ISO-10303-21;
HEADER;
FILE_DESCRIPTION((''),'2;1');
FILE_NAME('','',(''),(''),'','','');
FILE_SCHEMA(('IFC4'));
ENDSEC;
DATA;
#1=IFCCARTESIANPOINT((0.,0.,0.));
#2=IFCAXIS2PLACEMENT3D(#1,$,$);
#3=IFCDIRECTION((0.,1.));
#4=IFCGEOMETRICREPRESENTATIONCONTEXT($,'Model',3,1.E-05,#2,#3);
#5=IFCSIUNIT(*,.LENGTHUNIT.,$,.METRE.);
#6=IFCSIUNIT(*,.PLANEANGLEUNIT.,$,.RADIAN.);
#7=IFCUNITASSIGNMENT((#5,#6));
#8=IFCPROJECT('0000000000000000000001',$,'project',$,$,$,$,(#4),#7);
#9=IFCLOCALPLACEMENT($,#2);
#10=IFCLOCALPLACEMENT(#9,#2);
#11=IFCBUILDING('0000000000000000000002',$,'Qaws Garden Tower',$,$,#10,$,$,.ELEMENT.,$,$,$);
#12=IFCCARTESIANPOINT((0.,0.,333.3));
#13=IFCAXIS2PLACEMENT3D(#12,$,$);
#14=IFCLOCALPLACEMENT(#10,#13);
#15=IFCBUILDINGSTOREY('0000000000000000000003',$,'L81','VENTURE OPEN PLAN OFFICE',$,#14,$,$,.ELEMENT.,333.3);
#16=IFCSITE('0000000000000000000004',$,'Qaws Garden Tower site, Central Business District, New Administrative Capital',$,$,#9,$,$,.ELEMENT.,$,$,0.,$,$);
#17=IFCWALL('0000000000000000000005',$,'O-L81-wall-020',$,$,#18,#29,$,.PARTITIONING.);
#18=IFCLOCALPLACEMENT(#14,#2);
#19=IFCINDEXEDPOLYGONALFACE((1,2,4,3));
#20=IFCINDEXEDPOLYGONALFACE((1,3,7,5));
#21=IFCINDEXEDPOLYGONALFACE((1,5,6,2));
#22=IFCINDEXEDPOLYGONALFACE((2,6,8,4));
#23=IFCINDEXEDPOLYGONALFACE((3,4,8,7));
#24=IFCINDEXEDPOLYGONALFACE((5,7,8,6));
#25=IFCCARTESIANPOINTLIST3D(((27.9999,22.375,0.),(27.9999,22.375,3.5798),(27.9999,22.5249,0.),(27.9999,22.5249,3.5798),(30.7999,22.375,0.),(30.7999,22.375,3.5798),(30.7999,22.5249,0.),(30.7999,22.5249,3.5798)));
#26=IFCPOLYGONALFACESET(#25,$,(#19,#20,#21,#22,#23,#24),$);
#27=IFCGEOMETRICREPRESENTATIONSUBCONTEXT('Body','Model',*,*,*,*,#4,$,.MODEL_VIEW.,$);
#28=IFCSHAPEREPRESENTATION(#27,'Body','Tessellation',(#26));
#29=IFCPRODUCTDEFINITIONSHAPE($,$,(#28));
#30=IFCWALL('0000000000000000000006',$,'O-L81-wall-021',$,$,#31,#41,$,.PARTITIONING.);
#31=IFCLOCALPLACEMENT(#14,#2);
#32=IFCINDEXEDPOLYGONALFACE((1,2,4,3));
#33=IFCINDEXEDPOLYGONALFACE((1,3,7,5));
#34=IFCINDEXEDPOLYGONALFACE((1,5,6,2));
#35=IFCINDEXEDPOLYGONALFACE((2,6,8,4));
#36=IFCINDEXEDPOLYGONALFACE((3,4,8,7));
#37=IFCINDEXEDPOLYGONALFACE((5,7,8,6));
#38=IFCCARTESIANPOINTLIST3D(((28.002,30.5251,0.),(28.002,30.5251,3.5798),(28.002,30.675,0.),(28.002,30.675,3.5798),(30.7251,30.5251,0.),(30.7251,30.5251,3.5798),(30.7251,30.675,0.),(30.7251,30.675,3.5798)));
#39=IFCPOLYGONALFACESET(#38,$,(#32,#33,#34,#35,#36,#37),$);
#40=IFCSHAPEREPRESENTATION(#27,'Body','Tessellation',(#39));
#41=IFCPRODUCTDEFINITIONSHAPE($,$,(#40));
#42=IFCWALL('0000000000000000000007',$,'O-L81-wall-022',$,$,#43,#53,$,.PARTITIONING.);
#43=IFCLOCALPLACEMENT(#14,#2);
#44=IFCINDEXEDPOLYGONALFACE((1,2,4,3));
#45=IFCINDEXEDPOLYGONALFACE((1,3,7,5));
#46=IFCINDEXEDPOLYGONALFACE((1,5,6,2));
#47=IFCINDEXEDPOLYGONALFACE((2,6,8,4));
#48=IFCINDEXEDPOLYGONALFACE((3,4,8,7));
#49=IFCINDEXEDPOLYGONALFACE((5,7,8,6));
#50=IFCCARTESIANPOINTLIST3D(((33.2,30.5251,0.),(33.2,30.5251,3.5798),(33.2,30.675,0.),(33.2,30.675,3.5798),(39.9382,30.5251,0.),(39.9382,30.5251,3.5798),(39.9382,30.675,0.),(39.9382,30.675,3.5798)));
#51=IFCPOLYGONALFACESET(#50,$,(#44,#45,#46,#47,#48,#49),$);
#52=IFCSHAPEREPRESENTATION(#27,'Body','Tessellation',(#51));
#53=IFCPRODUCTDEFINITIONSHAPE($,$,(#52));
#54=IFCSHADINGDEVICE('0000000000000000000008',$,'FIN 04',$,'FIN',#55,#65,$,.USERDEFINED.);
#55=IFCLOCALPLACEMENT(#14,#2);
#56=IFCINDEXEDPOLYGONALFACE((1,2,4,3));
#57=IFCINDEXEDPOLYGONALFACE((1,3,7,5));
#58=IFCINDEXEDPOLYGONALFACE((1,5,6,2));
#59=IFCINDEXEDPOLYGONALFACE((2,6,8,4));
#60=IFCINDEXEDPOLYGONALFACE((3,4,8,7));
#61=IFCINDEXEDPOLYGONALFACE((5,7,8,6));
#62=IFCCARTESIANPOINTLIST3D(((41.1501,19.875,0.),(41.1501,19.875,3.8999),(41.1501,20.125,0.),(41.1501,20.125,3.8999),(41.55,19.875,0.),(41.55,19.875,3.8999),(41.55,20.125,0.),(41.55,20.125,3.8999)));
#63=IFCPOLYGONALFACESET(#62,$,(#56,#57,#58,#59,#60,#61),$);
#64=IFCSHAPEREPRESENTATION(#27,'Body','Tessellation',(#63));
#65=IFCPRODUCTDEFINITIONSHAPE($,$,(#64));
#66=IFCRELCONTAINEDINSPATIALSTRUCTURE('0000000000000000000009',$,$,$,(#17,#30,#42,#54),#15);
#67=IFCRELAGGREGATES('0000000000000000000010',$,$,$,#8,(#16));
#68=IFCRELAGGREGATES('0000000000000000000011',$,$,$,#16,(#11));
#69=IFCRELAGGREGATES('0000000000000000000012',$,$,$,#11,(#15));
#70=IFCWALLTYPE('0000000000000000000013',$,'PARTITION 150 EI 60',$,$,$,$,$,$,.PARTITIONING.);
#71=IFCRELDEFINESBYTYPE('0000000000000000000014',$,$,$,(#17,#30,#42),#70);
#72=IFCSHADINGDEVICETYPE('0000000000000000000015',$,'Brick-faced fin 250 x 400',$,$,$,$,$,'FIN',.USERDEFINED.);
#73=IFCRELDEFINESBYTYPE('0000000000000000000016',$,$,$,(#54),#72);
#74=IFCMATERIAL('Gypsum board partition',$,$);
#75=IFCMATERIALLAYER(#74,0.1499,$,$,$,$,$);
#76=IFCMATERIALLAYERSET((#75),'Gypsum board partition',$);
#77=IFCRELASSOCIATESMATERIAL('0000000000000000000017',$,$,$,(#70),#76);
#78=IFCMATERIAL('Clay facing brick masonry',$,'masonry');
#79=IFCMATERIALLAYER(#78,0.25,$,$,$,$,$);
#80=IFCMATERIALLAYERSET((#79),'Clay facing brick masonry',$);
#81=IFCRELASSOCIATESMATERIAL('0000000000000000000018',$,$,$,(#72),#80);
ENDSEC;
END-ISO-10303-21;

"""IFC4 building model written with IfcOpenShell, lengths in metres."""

from ifc_helpers import new_model, si_unit, direction, frame, frame_2d, origin, origin_2d, place, context, subcontext, project, spatial, rectangle, extrude, material, layer, layer_set, type_object, element, save


model = new_model("IFC4")

# Units and contexts
model_context = context("Model", 3, precision=1e-05, world=origin(), true_north=direction((0.0, 1.0)))
body_context = subcontext(model_context, "Body", "Model", "MODEL_VIEW")
ifc_project = project(units=[si_unit("LENGTHUNIT", "METRE"), si_unit("PLANEANGLEUNIT", "RADIAN")], contexts=[model_context])

# Site, building, storey
site_placement = place(None, origin())
site = spatial("IfcSite", under=ifc_project, at=site_placement, Name="Qaws Garden Tower site, Central Business District, New Administrative Capital", CompositionType="ELEMENT", RefElevation=0.0)
building_placement = place(site_placement, origin())
building = spatial("IfcBuilding", under=site, at=building_placement, Name="Qaws Garden Tower", CompositionType="ELEMENT")
storey_placement = place(building_placement, frame((0.0, 0.0, 333.3)))
storey = spatial("IfcBuildingStorey", under=building, at=storey_placement, Name="L81", Description="VENTURE OPEN PLAN OFFICE", CompositionType="ELEMENT", Elevation=333.3)

# Walls
ifc_material_1 = material(Name="Gypsum board partition")
ifc_layer_1 = layer(ifc_material_1, 0.1499)
ifc_layer_set_1 = layer_set([ifc_layer_1], Name="Gypsum board partition")
wall_type_1 = type_object("IfcWallType", Name="PARTITION 150 EI 60", PredefinedType="PARTITIONING", material=ifc_layer_set_1)
wall_1_placement = place(storey_placement, frame((28.0, 22.45, 0.0), z_axis=(0.0, 0.0, 1.0), x_axis=(1.0, 0.0, 0.0)))
element("IfcWall", 1, at=wall_1_placement, inside=storey, type_object=wall_type_1, Name="O-L81-wall-020", PredefinedType="PARTITIONING", context=body_context, shape_type="SweptSolid", body=[
    extrude(rectangle(XDim=2.8, YDim=0.1499, at=frame_2d((1.3999, 0.0))), origin(), (0.0, 0.0, 1.0), 3.5798),
])
wall_2_placement = place(storey_placement, frame((28.002, 30.6001, 0.0), z_axis=(0.0, 0.0, 1.0), x_axis=(1.0, 0.0, 0.0)))
element("IfcWall", 2, at=wall_2_placement, inside=storey, type_object=wall_type_1, Name="O-L81-wall-021", PredefinedType="PARTITIONING", context=body_context, shape_type="SweptSolid", body=[
    extrude(rectangle(XDim=2.7231, YDim=0.1499, at=frame_2d((1.3616, 0.0))), origin(), (0.0, 0.0, 1.0), 3.5798),
])
wall_3_placement = place(storey_placement, frame((33.2, 30.6001, 0.0), z_axis=(0.0, 0.0, 1.0), x_axis=(1.0, 0.0, 0.0)))
element("IfcWall", 3, at=wall_3_placement, inside=storey, type_object=wall_type_1, Name="O-L81-wall-022", PredefinedType="PARTITIONING", context=body_context, shape_type="SweptSolid", body=[
    extrude(rectangle(XDim=6.7383, YDim=0.1499, at=frame_2d((3.3691, 0.0))), origin(), (0.0, 0.0, 1.0), 3.5798),
])

# Shading device
ifc_material_2 = material(Name="Clay facing brick masonry", Category="masonry")
ifc_layer_2 = layer(ifc_material_2, 0.25)
ifc_layer_set_2 = layer_set([ifc_layer_2], Name="Clay facing brick masonry")
shading_device_type = type_object("IfcShadingDeviceType", Name="Brick-faced fin 250 x 400", ElementType="FIN", PredefinedType="USERDEFINED", material=ifc_layer_set_2)
shading_device_placement = place(storey_placement, frame((41.3501, 20.0, 0.0), z_axis=(0.0, 0.0, 1.0), x_axis=(0.0, 1.0, 0.0)))
element("IfcShadingDevice", 4, at=shading_device_placement, inside=storey, type_object=shading_device_type, Name="FIN 04", ObjectType="FIN", PredefinedType="USERDEFINED", context=body_context, shape_type="SweptSolid", body=[
    extrude(rectangle(XDim=0.25, YDim=0.3999, at=origin_2d()), origin(), (0.0, 0.0, 1.0), 3.8999),
])

save(model, "model.ifc")
